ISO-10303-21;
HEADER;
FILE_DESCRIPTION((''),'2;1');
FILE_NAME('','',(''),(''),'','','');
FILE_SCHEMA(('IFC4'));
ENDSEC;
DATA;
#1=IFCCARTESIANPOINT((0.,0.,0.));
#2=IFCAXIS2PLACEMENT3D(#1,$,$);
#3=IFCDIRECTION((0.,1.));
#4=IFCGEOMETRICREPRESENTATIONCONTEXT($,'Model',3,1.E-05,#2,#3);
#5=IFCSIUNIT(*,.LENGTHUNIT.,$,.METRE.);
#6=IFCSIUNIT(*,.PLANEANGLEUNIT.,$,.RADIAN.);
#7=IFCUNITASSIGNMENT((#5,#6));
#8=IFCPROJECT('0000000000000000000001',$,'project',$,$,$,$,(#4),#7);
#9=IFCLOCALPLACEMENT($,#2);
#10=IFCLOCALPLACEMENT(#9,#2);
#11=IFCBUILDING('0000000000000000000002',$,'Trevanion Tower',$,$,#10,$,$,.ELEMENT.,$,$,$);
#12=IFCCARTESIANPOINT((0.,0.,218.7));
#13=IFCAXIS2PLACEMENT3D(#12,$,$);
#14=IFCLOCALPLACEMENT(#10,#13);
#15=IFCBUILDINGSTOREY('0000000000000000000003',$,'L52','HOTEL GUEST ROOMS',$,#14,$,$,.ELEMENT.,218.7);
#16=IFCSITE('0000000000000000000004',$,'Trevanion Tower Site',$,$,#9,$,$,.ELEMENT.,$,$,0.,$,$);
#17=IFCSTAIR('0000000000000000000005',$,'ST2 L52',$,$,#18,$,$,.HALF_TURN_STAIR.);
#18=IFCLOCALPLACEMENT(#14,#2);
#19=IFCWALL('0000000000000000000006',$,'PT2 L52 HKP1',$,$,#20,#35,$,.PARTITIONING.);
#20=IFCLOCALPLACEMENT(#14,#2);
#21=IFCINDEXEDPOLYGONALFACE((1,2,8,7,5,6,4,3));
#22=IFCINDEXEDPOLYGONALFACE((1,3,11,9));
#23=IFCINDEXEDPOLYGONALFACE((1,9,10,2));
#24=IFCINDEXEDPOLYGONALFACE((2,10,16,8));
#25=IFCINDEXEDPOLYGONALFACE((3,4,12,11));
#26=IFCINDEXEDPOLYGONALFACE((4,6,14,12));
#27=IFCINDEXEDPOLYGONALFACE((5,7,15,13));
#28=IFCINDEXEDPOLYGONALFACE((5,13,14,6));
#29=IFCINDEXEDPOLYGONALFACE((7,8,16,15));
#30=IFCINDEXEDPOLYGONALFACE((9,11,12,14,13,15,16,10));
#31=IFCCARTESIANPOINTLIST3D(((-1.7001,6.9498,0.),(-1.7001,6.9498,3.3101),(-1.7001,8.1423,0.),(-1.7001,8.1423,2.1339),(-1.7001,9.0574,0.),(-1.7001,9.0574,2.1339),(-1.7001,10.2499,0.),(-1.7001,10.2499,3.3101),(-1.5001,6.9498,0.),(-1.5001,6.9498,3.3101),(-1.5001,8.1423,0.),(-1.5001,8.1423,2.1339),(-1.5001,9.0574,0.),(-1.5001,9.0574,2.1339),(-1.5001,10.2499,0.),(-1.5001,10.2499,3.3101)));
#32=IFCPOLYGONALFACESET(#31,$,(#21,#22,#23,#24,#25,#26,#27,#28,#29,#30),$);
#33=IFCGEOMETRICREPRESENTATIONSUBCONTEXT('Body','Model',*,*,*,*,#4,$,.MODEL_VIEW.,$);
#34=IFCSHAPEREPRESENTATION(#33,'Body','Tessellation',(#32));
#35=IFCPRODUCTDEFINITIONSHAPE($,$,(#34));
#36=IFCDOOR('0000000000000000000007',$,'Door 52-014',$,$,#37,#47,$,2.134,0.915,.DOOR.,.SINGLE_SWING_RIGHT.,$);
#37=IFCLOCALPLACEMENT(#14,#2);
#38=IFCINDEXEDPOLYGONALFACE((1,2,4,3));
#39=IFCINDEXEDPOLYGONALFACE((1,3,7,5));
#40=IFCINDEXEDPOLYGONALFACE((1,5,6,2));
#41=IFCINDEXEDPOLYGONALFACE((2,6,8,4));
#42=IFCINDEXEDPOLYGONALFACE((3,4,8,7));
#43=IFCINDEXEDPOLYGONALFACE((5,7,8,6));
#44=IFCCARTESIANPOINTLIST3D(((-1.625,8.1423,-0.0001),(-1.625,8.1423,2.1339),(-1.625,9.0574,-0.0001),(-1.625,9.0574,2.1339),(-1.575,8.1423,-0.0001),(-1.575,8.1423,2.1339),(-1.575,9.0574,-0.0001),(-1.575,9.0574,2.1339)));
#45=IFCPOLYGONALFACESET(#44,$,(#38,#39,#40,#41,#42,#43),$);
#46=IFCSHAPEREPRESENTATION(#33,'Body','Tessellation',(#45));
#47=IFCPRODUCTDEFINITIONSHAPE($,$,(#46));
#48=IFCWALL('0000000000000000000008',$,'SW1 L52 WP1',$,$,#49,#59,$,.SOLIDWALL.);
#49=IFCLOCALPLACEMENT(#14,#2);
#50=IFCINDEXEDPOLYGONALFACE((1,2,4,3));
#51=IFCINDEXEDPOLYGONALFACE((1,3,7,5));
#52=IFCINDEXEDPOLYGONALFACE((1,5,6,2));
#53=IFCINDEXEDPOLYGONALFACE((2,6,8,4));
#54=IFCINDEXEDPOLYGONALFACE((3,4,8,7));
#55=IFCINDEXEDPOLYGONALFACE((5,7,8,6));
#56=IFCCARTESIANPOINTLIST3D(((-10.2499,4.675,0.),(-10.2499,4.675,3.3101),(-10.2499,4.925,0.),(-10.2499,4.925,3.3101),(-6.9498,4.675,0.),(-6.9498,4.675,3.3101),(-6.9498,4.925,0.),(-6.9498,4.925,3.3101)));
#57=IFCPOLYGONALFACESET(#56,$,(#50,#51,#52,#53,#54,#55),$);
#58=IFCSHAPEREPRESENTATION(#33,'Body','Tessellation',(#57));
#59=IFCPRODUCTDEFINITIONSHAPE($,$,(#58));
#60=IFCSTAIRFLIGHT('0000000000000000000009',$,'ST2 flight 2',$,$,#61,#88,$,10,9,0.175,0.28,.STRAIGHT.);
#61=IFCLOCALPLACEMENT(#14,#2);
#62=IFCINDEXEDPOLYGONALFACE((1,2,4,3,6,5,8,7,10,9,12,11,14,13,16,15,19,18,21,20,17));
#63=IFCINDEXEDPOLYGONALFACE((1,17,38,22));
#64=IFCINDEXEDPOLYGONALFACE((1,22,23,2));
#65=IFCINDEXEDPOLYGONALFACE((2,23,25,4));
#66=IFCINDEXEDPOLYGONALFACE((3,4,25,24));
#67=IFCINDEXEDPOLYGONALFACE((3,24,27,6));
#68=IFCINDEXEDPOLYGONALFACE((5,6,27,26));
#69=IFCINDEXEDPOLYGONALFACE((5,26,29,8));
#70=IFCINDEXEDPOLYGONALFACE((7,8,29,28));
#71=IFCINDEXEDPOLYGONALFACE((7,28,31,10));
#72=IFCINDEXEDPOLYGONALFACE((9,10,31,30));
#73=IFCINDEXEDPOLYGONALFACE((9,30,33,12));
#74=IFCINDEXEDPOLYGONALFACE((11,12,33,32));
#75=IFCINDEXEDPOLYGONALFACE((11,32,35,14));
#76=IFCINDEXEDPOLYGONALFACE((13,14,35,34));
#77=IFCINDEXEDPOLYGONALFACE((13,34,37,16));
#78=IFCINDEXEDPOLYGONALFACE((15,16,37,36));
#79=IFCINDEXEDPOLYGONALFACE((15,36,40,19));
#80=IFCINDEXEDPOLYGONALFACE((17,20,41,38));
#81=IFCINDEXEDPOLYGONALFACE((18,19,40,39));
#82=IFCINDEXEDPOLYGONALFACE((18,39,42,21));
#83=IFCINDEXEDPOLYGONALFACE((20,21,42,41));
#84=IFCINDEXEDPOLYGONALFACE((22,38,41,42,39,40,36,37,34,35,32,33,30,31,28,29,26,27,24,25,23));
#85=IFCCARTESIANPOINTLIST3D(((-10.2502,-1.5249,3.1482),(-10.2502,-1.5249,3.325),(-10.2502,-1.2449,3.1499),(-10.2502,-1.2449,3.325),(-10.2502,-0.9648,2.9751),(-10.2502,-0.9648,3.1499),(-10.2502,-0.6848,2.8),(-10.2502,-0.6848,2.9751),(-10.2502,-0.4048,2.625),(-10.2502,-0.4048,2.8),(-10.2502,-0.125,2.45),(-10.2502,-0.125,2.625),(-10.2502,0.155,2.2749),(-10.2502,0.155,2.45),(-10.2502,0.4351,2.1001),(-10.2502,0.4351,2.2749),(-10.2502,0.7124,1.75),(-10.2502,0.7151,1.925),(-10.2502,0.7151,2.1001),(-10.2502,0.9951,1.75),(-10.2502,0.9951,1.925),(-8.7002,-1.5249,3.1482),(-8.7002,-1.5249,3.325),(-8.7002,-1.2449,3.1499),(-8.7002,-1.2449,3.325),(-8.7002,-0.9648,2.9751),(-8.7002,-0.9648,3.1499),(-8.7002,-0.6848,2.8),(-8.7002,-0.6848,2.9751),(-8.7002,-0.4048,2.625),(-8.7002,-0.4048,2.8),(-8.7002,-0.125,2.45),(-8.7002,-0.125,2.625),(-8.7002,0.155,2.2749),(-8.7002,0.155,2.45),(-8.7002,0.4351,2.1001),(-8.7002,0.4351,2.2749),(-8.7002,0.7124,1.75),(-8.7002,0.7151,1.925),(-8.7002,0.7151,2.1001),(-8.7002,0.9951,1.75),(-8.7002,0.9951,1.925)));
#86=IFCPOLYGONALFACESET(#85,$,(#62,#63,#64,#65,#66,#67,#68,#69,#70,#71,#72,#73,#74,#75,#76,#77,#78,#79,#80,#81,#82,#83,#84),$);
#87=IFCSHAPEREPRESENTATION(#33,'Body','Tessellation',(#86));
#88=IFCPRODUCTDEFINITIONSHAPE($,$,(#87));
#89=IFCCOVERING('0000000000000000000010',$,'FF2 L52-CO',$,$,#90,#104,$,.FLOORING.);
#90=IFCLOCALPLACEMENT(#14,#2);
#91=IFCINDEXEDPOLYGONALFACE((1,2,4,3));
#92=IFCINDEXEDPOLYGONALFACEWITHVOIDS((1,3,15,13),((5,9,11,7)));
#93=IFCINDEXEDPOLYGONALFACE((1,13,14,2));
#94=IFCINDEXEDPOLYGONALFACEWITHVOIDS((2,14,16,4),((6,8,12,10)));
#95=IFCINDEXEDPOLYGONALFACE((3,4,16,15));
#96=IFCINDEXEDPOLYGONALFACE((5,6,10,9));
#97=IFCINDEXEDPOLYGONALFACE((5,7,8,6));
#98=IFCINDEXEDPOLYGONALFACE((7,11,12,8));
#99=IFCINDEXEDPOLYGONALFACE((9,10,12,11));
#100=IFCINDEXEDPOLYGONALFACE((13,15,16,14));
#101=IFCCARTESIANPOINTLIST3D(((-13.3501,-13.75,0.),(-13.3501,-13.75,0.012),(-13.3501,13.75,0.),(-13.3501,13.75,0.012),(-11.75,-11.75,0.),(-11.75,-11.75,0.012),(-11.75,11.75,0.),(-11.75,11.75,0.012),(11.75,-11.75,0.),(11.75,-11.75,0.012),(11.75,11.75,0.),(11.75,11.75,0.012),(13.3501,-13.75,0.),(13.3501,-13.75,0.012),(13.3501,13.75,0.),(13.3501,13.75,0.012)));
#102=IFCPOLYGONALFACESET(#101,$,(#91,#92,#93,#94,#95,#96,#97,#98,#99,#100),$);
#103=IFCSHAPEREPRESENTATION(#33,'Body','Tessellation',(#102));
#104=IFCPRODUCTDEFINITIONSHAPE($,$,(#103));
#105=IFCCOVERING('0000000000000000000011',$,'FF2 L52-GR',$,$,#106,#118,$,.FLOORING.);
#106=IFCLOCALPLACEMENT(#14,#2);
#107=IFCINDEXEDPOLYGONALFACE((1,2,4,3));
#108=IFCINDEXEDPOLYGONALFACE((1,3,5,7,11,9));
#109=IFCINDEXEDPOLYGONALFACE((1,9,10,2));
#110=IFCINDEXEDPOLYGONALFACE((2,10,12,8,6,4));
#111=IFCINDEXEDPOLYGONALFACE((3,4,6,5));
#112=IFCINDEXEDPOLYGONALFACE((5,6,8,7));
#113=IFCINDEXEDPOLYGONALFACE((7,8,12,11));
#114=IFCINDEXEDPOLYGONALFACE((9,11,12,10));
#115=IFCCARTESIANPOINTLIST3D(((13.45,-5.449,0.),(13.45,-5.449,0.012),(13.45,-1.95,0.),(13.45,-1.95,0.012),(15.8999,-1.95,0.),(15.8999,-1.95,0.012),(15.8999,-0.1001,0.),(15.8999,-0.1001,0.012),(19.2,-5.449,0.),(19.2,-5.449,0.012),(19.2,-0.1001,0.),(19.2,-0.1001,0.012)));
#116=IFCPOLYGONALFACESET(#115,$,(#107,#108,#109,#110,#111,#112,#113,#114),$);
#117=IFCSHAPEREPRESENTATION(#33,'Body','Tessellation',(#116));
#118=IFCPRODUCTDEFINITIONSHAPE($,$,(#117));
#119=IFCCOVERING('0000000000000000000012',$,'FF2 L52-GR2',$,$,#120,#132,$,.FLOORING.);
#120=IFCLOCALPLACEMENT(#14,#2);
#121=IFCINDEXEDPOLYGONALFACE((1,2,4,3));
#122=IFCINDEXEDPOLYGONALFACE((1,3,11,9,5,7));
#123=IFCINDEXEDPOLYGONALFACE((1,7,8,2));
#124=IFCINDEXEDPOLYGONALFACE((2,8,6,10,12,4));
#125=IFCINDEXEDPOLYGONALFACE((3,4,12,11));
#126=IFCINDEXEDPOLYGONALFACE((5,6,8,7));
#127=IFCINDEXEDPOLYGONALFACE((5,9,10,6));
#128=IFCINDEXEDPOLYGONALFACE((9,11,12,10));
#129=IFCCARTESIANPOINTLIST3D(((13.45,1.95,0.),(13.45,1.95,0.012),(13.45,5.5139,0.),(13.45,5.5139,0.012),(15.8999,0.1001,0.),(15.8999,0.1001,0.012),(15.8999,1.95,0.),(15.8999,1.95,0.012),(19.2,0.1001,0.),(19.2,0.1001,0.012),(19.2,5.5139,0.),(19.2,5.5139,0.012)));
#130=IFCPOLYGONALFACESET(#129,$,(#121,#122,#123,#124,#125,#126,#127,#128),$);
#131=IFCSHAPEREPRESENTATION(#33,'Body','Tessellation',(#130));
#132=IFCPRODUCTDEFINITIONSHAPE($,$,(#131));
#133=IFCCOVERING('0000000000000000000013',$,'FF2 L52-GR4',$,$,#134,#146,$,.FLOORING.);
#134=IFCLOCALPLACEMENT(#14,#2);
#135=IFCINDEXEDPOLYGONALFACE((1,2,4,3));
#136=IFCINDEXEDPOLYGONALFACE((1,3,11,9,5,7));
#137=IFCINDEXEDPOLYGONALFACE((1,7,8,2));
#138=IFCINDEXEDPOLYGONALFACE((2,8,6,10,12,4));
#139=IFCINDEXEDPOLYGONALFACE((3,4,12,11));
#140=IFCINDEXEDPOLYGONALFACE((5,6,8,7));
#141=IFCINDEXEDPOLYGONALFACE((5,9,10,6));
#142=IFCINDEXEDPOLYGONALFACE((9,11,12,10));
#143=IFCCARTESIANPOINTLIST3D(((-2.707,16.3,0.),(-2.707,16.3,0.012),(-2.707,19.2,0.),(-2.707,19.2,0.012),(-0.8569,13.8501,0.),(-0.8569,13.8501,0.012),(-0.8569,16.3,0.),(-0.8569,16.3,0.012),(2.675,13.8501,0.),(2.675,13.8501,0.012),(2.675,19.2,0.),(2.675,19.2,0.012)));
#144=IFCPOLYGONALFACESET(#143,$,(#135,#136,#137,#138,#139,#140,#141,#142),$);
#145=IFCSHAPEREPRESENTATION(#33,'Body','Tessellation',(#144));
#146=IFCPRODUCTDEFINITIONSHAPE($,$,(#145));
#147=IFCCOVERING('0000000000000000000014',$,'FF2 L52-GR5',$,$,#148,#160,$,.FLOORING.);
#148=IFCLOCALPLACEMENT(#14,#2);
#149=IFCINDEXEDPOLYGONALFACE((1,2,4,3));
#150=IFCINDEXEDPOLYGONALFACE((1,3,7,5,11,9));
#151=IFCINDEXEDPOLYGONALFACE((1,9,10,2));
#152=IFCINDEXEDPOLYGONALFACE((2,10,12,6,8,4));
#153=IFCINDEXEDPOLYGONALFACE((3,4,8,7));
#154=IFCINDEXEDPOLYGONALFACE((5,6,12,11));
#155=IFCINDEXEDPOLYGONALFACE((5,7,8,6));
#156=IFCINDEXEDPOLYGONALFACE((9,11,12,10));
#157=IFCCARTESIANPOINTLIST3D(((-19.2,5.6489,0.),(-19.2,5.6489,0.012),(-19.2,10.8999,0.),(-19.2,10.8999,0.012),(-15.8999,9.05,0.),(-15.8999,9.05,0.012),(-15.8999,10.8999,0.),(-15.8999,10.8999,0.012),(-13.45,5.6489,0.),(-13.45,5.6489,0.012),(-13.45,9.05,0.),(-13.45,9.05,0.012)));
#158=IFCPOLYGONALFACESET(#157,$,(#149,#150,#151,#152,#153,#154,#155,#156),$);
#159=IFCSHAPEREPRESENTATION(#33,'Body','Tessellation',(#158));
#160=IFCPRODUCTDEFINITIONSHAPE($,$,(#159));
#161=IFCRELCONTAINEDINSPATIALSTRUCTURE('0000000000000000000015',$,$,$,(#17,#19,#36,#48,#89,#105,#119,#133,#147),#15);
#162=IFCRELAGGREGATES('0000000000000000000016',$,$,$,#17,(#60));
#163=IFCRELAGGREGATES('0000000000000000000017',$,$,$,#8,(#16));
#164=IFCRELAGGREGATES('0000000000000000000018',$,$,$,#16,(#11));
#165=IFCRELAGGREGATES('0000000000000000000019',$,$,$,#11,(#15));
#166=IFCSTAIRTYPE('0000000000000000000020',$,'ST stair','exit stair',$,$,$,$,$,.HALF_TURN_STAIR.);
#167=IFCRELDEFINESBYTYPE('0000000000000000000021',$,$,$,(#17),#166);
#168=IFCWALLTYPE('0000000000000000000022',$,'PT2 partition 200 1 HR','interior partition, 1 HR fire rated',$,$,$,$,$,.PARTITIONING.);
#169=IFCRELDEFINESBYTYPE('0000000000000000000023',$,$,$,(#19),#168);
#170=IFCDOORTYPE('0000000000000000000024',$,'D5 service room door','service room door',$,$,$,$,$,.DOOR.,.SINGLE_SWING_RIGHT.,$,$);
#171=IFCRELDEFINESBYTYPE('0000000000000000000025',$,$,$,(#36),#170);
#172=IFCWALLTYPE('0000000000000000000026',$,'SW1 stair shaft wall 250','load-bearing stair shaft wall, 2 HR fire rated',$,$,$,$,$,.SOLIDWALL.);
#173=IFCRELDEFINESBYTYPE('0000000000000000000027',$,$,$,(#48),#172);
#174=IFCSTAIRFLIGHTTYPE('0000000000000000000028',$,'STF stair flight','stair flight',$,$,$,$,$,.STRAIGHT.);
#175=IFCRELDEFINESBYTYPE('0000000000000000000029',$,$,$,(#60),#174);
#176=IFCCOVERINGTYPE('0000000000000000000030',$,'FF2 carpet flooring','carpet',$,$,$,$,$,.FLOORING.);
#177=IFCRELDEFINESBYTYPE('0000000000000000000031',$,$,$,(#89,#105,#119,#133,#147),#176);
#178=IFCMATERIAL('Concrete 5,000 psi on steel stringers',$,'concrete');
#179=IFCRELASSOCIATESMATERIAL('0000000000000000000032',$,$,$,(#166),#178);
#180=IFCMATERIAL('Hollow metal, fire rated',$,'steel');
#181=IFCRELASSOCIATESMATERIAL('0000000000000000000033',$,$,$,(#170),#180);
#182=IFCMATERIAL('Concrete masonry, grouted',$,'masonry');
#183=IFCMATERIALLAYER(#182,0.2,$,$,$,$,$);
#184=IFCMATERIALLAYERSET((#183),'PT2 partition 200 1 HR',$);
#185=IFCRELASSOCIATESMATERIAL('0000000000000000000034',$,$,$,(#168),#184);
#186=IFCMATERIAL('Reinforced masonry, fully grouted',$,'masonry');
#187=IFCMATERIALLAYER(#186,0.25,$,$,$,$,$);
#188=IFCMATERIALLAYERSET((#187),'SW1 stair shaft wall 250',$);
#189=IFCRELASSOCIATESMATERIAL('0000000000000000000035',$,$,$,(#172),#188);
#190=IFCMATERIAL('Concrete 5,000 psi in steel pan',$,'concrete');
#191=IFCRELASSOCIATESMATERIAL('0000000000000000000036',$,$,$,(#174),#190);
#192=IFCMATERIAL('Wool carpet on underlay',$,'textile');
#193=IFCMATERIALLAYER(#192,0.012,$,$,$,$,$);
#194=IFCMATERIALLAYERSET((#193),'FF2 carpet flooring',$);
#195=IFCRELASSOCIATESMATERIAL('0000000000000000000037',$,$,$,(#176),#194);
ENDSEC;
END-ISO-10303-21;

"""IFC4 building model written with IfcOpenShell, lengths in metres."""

from ifc_helpers import new_model, si_unit, direction, frame, frame_2d, origin, place, context, subcontext, project, spatial, polyline, rectangle, outline, extrude, material, layer, layer_set, type_object, element, fill, aggregate, save


model = new_model("IFC4")

# Units and contexts
model_context = context("Model", 3, precision=1e-05, world=origin(), true_north=direction((0.0, 1.0)))
body_context = subcontext(model_context, "Body", "Model", "MODEL_VIEW")
ifc_project = project(units=[si_unit("LENGTHUNIT", "METRE"), si_unit("PLANEANGLEUNIT", "RADIAN")], contexts=[model_context])

# Site, building, storey
site_placement = place(None, origin())
site = spatial("IfcSite", under=ifc_project, at=site_placement, Name="Trevanion Tower Site", CompositionType="ELEMENT", RefElevation=0.0)
building_placement = place(site_placement, origin())
building = spatial("IfcBuilding", under=site, at=building_placement, Name="Trevanion Tower", CompositionType="ELEMENT")
storey_placement = place(building_placement, frame((0.0, 0.0, 218.7)))
storey = spatial("IfcBuildingStorey", under=building, at=storey_placement, Name="L52", Description="HOTEL GUEST ROOMS", CompositionType="ELEMENT", Elevation=218.7)

# Stair
ifc_material_1 = material(Name="Concrete 5,000 psi on steel stringers", Category="concrete")
stair_type = type_object("IfcStairType", Name="ST stair", Description="exit stair", PredefinedType="HALF_TURN_STAIR", material=ifc_material_1)
stair_1_placement = place(storey_placement, origin())
stair_1 = element("IfcStair", 1, at=stair_1_placement, inside=storey, type_object=stair_type, Name="ST2 L52", PredefinedType="HALF_TURN_STAIR")

# Shared definitions
ifc_material_2 = material(Name="Hollow metal, fire rated", Category="steel")
door_type_1 = type_object("IfcDoorType", Name="D5 service room door", Description="service room door", OperationType="SINGLE_SWING_RIGHT", PredefinedType="DOOR", material=ifc_material_2)

# Shared definitions
ifc_material_3 = material(Name="Concrete masonry, grouted", Category="masonry")
ifc_layer_1 = layer(ifc_material_3, 0.2)
ifc_layer_set_1 = layer_set([ifc_layer_1], Name="PT2 partition 200 1 HR")
wall_type_1 = type_object("IfcWallType", Name="PT2 partition 200 1 HR", Description="interior partition, 1 HR fire rated", PredefinedType="PARTITIONING", material=ifc_layer_set_1)

# Wall, opening, door
wall_1_placement = place(storey_placement, frame((-1.6001, 6.95, 0.0), z_axis=(0.0, 0.0, 1.0), x_axis=(0.0, 1.0, 0.0)))
wall_1 = element("IfcWall", 2, at=wall_1_placement, inside=storey, type_object=wall_type_1, Name="PT2 L52 HKP1", PredefinedType="PARTITIONING", context=body_context, shape_type="SweptSolid", body=[
    extrude(rectangle(XDim=3.3, YDim=0.2, at=frame_2d((1.6499, 0.0))), origin(), (0.0, 0.0, 1.0), 3.3101),
])
opening_1_placement = place(wall_1_placement, frame((1.1924, 0.0, 0.0)))
opening_1 = element("IfcOpeningElement", 3, at=opening_1_placement, cuts=wall_1, PredefinedType="OPENING", context=body_context, shape_type="SweptSolid", body=[
    extrude(rectangle(XDim=0.915, YDim=2.134, at=frame_2d((0.4575, 1.0669))), frame((0.0, 0.1099, 0.0), z_axis=(0.0, -1.0, 0.0), x_axis=(1.0, 0.0, 0.0)), (0.0, 0.0, 1.0), 0.22),
])
door_1_placement = place(opening_1_placement, origin())
door_1 = element("IfcDoor", 4, at=door_1_placement, inside=storey, type_object=door_type_1, Name="Door 52-014", OperationType="SINGLE_SWING_RIGHT", OverallHeight=2.134, OverallWidth=0.915, PredefinedType="DOOR", context=body_context, shape_type="SweptSolid", body=[
    extrude(rectangle(XDim=0.915, YDim=2.134, at=frame_2d((0.4575, 1.0669))), frame((0.0, 0.0249, 0.0), z_axis=(0.0, -1.0, 0.0), x_axis=(1.0, 0.0, 0.0)), (0.0, 0.0, 1.0), 0.05),
])
fill(opening_1, door_1)

# Wall
ifc_material_4 = material(Name="Reinforced masonry, fully grouted", Category="masonry")
ifc_layer_2 = layer(ifc_material_4, 0.25)
ifc_layer_set_2 = layer_set([ifc_layer_2], Name="SW1 stair shaft wall 250")
wall_type_2 = type_object("IfcWallType", Name="SW1 stair shaft wall 250", Description="load-bearing stair shaft wall, 2 HR fire rated", PredefinedType="SOLIDWALL", material=ifc_layer_set_2)
wall_2_placement = place(storey_placement, frame((-6.95, 4.8, 0.0), z_axis=(0.0, 0.0, 1.0), x_axis=(-1.0, 0.0, 0.0)))
element("IfcWall", 5, at=wall_2_placement, inside=storey, type_object=wall_type_2, Name="SW1 L52 WP1", PredefinedType="SOLIDWALL", context=body_context, shape_type="SweptSolid", body=[
    extrude(rectangle(XDim=3.3, YDim=0.25, at=frame_2d((1.6499, 0.0))), origin(), (0.0, 0.0, 1.0), 3.3101),
])

# Stair flight
ifc_material_5 = material(Name="Concrete 5,000 psi in steel pan", Category="concrete")
stair_flight_type = type_object("IfcStairFlightType", Name="STF stair flight", Description="stair flight", PredefinedType="STRAIGHT", material=ifc_material_5)
stair_flight_placement = place(storey_placement, frame((-9.4751, 0.9951, 1.75), z_axis=(0.0, 0.0, 1.0), x_axis=(0.0, -1.0, 0.0)))
stair_flight = element("IfcStairFlight", 6, at=stair_flight_placement, type_object=stair_flight_type, Name="ST2 flight 2", NumberOfRisers=10, NumberOfTreads=9, PredefinedType="STRAIGHT", RiserHeight=0.175, TreadLength=0.28, context=body_context, shape_type="SweptSolid", body=[
    extrude(outline(polyline([(0.0, 0.0), (0.0, 0.175), (0.28, 0.175), (0.28, 0.3501), (0.5601, 0.3501), (0.5601, 0.5249), (0.8401, 0.5249), (0.8401, 0.7), (1.1201, 0.7), (1.1201, 0.875), (1.3999, 0.875), (1.3999, 1.05), (1.6799, 1.05), (1.6799, 1.2251), (1.96, 1.2251), (1.96, 1.3999), (2.24, 1.3999), (2.24, 1.575), (2.52, 1.575), (2.52, 1.75), (2.52, 1.3982), (0.2827, 0.0), (0.0, 0.0)])), frame((0.0, 0.7749, 0.0), z_axis=(0.0, -1.0, 0.0), x_axis=(1.0, 0.0, 0.0)), (0.0, 0.0, 1.0), 1.55),
])
aggregate(stair_1, [stair_flight])

# Coverings
ifc_material_6 = material(Name="Wool carpet on underlay", Category="textile")
ifc_layer_3 = layer(ifc_material_6, 0.012)
ifc_layer_set_3 = layer_set([ifc_layer_3], Name="FF2 carpet flooring")
covering_type = type_object("IfcCoveringType", Name="FF2 carpet flooring", Description="carpet", PredefinedType="FLOORING", material=ifc_layer_set_3)
covering_1_placement = place(storey_placement, origin())
element("IfcCovering", 7, at=covering_1_placement, inside=storey, type_object=covering_type, Name="FF2 L52-CO", PredefinedType="FLOORING", context=body_context, shape_type="SweptSolid", body=[
    extrude(outline(polyline([(-13.3501, -13.75), (-13.3501, 13.75), (13.3501, 13.75), (13.3501, -13.75), (-13.3501, -13.75)]), holes=[polyline([(11.75, 11.75), (-11.75, 11.75), (-11.75, -11.75), (11.75, -11.75), (11.75, 11.75)])]), origin(), (0.0, 0.0, 1.0), 0.012),
])
covering_2_placement = place(storey_placement, origin())
element("IfcCovering", 8, at=covering_2_placement, inside=storey, type_object=covering_type, Name="FF2 L52-GR", PredefinedType="FLOORING", context=body_context, shape_type="SweptSolid", body=[
    extrude(outline(polyline([(13.45, -1.95), (15.8999, -1.95), (15.8999, -0.1001), (19.2, -0.1001), (19.2, -5.449), (13.45, -5.449), (13.45, -1.95)])), origin(), (0.0, 0.0, 1.0), 0.012),
])
covering_3_placement = place(storey_placement, origin())
element("IfcCovering", 9, at=covering_3_placement, inside=storey, type_object=covering_type, Name="FF2 L52-GR2", PredefinedType="FLOORING", context=body_context, shape_type="SweptSolid", body=[
    extrude(outline(polyline([(13.45, 5.5139), (19.2, 5.5139), (19.2, 0.1001), (15.8999, 0.1001), (15.8999, 1.95), (13.45, 1.95), (13.45, 5.5139)])), origin(), (0.0, 0.0, 1.0), 0.012),
])
covering_4_placement = place(storey_placement, origin())
element("IfcCovering", 10, at=covering_4_placement, inside=storey, type_object=covering_type, Name="FF2 L52-GR4", PredefinedType="FLOORING", context=body_context, shape_type="SweptSolid", body=[
    extrude(outline(polyline([(-0.8569, 13.8501), (-0.8569, 16.3), (-2.707, 16.3), (-2.707, 19.2), (2.675, 19.2), (2.675, 13.8501), (-0.8569, 13.8501)])), origin(), (0.0, 0.0, 1.0), 0.012),
])
covering_5_placement = place(storey_placement, origin())
element("IfcCovering", 11, at=covering_5_placement, inside=storey, type_object=covering_type, Name="FF2 L52-GR5", PredefinedType="FLOORING", context=body_context, shape_type="SweptSolid", body=[
    extrude(outline(polyline([(-13.45, 5.6489), (-19.2, 5.6489), (-19.2, 10.8999), (-15.8999, 10.8999), (-15.8999, 9.05), (-13.45, 9.05), (-13.45, 5.6489)])), origin(), (0.0, 0.0, 1.0), 0.012),
])

save(model, "model.ifc")
